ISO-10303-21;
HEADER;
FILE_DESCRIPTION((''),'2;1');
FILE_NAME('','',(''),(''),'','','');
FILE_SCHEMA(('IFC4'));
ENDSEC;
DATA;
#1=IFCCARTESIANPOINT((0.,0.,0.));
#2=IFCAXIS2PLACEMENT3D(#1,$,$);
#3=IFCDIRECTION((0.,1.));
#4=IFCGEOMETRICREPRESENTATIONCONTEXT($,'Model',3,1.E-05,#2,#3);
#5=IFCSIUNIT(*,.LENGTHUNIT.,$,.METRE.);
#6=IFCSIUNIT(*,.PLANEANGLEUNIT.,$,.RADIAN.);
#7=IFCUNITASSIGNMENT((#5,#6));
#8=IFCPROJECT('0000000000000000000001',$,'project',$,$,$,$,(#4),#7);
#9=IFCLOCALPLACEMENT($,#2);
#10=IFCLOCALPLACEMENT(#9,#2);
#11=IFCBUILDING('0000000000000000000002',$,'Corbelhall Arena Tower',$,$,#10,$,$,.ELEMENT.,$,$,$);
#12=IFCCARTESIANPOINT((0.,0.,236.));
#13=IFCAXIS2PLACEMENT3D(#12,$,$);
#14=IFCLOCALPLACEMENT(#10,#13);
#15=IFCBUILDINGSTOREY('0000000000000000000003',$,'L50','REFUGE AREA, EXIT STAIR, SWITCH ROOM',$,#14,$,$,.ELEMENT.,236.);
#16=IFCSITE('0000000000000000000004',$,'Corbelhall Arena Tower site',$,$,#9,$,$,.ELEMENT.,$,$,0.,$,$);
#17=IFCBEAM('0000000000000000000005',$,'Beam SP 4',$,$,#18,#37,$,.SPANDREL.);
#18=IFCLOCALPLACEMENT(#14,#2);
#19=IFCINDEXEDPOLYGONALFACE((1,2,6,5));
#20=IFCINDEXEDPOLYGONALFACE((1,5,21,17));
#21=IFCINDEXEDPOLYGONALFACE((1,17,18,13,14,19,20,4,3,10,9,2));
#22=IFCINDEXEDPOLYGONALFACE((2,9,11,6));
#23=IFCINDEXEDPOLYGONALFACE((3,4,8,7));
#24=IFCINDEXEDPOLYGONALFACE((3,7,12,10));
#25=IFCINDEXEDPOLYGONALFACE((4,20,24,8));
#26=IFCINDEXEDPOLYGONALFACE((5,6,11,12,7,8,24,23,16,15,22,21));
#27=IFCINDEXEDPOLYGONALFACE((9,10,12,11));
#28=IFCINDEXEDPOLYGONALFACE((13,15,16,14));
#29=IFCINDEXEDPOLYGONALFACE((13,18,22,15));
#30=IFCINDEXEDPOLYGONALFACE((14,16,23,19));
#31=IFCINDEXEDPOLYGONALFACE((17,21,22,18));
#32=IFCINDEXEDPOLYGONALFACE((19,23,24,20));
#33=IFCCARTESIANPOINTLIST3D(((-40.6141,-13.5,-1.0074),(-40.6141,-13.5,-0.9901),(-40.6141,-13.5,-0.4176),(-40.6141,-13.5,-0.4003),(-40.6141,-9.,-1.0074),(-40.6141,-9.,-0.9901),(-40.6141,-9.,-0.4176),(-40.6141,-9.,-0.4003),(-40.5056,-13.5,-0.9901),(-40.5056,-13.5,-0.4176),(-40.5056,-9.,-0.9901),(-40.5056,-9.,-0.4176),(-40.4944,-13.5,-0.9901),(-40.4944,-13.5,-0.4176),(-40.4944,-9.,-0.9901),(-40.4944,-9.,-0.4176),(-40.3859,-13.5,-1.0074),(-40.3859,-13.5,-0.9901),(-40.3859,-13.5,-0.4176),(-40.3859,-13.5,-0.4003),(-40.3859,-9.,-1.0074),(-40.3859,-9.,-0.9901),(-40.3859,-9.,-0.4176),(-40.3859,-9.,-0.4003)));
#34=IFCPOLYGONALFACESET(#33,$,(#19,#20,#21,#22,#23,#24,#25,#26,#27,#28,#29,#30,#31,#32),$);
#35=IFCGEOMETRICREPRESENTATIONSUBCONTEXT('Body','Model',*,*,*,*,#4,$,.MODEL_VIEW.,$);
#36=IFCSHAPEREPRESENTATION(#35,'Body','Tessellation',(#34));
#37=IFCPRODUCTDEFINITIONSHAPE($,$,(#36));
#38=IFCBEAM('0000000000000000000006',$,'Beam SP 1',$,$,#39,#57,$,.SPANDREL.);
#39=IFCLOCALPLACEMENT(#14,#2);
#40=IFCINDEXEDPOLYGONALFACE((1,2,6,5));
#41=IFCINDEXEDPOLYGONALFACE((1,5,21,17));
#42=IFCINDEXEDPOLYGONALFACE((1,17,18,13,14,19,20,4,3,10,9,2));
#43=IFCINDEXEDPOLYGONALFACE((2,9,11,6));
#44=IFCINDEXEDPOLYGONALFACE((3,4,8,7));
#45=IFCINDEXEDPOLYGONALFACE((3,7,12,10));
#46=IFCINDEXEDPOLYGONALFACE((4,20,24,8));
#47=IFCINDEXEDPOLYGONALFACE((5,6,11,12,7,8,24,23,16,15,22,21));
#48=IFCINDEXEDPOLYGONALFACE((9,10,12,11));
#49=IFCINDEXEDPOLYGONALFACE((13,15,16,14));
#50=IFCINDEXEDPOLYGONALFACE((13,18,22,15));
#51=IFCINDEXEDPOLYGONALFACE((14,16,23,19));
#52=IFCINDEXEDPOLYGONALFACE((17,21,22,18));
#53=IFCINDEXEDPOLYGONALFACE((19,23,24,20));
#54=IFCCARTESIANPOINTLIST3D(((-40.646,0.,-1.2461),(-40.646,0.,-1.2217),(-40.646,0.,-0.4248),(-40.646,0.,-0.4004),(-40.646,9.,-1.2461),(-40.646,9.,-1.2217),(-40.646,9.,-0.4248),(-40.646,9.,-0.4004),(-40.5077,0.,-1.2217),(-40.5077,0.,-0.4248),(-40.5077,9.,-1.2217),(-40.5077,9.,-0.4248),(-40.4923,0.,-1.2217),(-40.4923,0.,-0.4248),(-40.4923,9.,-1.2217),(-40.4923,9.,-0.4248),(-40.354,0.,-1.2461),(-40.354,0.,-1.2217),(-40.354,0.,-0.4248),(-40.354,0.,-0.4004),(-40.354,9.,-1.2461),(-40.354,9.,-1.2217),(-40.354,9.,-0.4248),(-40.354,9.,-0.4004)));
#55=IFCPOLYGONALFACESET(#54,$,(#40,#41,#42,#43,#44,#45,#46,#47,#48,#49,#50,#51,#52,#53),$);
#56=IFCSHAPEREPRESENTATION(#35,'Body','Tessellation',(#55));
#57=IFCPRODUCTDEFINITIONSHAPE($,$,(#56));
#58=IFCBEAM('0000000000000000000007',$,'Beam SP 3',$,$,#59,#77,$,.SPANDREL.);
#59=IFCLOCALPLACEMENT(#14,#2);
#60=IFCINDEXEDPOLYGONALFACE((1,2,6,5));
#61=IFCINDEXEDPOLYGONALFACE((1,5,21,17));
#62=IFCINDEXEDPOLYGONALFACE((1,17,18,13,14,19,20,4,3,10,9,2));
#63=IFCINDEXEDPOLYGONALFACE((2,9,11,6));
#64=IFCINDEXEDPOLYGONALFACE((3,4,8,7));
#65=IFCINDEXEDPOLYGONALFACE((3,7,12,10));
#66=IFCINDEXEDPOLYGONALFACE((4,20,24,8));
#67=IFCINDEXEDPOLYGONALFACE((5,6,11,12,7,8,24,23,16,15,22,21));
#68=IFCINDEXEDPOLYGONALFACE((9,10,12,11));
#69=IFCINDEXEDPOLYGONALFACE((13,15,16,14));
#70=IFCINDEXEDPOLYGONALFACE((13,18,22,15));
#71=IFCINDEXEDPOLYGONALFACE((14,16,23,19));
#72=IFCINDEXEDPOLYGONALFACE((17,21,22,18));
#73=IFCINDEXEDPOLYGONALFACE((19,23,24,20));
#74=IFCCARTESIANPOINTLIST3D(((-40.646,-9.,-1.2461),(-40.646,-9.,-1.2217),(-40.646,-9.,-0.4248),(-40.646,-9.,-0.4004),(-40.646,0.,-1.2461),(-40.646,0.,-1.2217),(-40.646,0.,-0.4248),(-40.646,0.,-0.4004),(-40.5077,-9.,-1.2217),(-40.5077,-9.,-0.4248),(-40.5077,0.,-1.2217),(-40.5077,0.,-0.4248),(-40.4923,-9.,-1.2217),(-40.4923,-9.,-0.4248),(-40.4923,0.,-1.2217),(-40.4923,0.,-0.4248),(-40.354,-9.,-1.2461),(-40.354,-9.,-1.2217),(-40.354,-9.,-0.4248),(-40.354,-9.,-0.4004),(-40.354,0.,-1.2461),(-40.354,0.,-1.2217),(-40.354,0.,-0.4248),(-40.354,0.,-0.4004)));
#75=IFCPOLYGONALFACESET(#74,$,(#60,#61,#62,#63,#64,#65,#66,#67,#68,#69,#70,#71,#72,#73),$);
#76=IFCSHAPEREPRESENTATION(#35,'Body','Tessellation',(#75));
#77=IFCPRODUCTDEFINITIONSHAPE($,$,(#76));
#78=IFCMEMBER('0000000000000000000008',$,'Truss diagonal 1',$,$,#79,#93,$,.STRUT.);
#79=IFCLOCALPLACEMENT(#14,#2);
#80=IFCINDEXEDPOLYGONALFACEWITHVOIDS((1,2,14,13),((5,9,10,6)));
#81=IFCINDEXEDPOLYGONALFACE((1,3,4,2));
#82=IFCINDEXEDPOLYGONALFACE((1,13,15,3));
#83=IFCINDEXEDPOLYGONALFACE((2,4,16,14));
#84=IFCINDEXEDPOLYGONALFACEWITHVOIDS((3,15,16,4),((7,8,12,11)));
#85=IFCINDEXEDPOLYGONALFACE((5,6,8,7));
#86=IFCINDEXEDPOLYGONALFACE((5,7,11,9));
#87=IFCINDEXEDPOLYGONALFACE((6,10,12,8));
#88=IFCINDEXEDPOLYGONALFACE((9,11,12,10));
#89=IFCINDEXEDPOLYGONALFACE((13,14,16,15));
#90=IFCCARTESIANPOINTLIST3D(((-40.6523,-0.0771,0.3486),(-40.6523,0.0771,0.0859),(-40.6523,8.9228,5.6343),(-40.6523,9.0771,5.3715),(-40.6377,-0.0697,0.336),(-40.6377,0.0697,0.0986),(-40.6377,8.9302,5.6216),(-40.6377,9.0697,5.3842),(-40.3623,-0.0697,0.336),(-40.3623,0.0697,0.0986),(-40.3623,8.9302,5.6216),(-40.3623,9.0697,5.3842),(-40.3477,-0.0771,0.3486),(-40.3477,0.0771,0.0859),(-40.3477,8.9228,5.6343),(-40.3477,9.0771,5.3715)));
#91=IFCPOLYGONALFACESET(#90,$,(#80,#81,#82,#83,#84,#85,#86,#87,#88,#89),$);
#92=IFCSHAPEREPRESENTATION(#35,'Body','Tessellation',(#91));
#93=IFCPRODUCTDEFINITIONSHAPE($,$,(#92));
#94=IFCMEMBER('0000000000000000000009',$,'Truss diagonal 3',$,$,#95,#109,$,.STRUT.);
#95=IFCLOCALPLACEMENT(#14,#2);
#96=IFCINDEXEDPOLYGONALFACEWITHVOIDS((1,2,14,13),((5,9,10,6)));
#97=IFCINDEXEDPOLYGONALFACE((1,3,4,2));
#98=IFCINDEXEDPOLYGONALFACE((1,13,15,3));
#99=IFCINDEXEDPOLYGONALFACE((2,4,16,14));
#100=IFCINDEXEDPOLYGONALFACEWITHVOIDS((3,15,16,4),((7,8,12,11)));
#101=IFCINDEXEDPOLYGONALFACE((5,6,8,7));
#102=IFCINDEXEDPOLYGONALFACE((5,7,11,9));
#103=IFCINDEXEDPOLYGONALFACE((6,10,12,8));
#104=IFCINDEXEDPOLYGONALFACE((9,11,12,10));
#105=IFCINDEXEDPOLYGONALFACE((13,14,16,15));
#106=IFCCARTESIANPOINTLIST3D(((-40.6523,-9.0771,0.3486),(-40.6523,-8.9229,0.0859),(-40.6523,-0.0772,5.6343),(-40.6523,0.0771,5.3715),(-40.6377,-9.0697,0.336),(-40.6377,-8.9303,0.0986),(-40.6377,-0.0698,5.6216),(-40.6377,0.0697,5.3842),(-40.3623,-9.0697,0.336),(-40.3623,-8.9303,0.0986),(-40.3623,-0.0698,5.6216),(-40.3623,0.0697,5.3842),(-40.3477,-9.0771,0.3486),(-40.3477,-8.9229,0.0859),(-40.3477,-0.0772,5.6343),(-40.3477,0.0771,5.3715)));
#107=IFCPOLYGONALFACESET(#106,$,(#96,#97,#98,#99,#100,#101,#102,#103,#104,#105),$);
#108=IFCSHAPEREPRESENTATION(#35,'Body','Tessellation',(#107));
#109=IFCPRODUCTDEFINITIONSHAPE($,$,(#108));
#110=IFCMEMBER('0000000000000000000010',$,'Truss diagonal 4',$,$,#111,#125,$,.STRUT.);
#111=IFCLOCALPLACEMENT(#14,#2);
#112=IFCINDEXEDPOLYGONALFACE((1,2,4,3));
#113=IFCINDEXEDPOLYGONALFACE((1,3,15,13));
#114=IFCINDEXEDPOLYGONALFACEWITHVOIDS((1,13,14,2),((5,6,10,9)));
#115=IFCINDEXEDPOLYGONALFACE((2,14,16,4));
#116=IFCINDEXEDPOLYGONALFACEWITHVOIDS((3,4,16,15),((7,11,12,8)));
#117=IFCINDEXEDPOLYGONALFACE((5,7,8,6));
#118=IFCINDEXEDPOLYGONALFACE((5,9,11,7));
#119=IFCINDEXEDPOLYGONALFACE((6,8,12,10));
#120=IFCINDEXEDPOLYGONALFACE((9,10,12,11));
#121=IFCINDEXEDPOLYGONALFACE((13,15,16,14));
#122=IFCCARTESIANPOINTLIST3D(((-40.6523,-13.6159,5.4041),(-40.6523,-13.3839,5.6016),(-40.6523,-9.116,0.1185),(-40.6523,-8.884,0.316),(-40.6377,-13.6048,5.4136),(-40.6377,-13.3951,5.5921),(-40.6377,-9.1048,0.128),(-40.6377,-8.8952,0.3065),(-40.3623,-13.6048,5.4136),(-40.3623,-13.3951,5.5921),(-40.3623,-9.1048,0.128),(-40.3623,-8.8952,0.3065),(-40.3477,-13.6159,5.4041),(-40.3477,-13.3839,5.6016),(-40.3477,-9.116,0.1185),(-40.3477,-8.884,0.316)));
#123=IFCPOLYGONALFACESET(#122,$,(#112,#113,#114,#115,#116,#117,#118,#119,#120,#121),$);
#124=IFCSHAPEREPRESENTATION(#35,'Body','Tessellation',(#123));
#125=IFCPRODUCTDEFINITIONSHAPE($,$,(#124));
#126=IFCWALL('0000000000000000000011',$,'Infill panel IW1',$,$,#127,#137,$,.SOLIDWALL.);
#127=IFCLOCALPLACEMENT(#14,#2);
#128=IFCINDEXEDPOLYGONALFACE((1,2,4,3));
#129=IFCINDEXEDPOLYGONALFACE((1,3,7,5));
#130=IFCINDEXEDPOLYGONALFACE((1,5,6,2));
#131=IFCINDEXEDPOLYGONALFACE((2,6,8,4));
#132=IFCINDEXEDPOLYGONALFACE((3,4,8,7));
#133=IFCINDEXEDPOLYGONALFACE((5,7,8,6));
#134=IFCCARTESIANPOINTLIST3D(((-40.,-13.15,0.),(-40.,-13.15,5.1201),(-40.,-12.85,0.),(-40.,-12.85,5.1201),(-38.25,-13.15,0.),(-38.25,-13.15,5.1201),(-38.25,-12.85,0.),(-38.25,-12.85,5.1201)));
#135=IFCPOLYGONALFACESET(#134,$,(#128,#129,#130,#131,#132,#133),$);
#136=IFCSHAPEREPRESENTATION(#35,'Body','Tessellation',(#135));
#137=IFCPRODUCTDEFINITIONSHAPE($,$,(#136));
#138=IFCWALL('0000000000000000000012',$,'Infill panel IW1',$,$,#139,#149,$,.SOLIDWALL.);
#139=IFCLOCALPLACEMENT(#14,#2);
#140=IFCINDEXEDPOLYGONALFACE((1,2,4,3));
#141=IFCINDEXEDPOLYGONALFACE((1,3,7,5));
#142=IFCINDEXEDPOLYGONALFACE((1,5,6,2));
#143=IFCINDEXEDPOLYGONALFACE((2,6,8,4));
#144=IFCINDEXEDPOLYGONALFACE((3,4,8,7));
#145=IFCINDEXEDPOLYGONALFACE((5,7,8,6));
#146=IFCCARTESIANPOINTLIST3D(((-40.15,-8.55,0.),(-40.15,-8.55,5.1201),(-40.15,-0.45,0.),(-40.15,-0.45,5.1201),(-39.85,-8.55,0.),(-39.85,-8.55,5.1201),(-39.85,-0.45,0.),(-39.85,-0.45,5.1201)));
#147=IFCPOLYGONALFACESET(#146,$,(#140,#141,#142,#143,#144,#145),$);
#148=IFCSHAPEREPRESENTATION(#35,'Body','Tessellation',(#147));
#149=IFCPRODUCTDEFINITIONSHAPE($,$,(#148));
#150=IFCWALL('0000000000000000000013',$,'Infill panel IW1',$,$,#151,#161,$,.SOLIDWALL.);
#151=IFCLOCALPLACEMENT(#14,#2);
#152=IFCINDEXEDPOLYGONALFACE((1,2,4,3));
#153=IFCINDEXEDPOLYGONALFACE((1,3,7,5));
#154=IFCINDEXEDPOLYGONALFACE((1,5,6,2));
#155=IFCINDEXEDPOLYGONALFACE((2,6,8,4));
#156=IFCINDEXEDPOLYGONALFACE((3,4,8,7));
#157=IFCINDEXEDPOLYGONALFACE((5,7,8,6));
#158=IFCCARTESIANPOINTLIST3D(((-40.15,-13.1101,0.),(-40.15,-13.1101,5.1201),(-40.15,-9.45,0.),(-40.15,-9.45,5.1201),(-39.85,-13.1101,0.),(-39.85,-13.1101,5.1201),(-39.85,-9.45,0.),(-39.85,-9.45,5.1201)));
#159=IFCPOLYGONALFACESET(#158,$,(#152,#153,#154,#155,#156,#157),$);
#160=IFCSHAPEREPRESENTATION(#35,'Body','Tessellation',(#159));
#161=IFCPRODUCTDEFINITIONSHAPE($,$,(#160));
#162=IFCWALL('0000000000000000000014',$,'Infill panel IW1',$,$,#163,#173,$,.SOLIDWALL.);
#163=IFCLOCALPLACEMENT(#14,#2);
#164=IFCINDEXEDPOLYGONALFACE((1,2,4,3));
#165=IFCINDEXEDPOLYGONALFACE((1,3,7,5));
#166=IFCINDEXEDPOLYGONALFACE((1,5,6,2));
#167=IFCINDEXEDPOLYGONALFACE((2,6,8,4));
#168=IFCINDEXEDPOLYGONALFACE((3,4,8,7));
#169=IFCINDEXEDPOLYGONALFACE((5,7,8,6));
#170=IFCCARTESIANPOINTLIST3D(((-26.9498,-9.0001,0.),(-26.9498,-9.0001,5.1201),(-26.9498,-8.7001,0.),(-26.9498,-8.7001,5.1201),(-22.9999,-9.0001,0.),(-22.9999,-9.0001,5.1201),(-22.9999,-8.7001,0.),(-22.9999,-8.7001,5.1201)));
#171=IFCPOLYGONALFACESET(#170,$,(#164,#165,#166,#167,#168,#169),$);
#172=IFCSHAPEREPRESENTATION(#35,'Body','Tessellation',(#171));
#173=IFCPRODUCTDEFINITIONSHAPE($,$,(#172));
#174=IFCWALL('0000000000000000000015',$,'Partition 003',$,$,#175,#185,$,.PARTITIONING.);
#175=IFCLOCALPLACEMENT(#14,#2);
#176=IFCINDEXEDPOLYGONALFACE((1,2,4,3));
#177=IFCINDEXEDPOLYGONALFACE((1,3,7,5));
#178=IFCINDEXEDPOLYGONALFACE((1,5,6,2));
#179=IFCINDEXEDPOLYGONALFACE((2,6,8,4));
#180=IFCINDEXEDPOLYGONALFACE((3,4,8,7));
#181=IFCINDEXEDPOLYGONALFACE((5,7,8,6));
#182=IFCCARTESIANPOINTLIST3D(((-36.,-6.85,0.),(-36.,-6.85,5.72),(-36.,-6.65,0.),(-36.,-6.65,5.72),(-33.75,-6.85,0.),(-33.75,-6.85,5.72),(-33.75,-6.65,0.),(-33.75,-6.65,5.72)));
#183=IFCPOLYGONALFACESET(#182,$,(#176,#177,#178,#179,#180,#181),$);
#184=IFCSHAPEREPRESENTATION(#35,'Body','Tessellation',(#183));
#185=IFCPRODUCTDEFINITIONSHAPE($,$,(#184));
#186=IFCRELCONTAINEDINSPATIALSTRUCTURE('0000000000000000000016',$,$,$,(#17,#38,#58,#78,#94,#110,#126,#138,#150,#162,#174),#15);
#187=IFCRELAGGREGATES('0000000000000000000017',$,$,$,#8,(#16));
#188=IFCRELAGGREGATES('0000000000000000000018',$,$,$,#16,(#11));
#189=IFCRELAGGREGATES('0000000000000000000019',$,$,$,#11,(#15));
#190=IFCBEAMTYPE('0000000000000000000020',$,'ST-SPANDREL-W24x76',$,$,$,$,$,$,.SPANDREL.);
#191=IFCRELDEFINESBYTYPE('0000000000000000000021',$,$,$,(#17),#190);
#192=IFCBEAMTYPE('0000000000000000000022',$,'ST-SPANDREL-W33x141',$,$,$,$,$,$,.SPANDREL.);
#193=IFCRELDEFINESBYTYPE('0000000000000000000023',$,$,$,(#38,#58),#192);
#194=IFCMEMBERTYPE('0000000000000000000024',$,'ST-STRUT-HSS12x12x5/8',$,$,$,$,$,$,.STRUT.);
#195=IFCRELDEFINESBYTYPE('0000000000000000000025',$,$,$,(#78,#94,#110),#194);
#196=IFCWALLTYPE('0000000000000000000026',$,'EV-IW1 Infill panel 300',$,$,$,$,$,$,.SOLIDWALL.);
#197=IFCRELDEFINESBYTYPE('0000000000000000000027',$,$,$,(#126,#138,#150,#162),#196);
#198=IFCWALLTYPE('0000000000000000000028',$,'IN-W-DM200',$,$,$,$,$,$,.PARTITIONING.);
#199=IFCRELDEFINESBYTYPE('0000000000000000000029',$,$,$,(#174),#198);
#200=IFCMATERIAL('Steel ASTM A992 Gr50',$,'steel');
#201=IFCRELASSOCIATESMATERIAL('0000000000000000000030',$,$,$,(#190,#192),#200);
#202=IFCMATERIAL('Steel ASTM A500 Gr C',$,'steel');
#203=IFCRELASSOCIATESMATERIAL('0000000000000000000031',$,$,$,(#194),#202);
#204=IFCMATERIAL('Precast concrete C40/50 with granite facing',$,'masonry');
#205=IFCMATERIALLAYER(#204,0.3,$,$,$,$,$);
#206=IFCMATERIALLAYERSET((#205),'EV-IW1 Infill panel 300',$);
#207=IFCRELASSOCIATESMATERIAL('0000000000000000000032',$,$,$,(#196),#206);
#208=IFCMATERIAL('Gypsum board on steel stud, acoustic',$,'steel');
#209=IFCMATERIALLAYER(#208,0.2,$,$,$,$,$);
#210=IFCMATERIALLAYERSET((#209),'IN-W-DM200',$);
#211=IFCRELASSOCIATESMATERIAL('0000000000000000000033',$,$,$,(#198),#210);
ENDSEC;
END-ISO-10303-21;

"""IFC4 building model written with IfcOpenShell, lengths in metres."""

from ifc_helpers import new_model, si_unit, direction, frame, frame_2d, origin, origin_2d, place, context, subcontext, project, spatial, rectangle, hollow_rectangle, i_section, extrude, material, layer, layer_set, material_profile, profile_set, type_object, element, save


model = new_model("IFC4")

# Units and contexts
model_context = context("Model", 3, precision=1e-05, world=origin(), true_north=direction((0.0, 1.0)))
body_context = subcontext(model_context, "Body", "Model", "MODEL_VIEW")
ifc_project = project(units=[si_unit("LENGTHUNIT", "METRE"), si_unit("PLANEANGLEUNIT", "RADIAN")], contexts=[model_context])

# Site, building, storey
site_placement = place(None, origin())
site = spatial("IfcSite", under=ifc_project, at=site_placement, Name="Corbelhall Arena Tower site", CompositionType="ELEMENT", RefElevation=0.0)
building_placement = place(site_placement, origin())
building = spatial("IfcBuilding", under=site, at=building_placement, Name="Corbelhall Arena Tower", CompositionType="ELEMENT")
storey_placement = place(building_placement, frame((0.0, 0.0, 236.0)))
storey = spatial("IfcBuildingStorey", under=building, at=storey_placement, Name="L50", Description="REFUGE AREA, EXIT STAIR, SWITCH ROOM", CompositionType="ELEMENT", Elevation=236.0)

# Beams
ifc_material_1 = material(Name="Steel ASTM A992 Gr50", Category="steel")
ifc_material_profile_1 = material_profile(ifc_material_1, i_section(OverallWidth=0.2283, OverallDepth=0.6072, WebThickness=0.0112, FlangeThickness=0.0173, at=origin_2d()))
ifc_profile_set_1 = profile_set([ifc_material_profile_1], Name="Steel ASTM A992 Gr50")
beam_type_1 = type_object("IfcBeamType", Name="ST-SPANDREL-W24x76", PredefinedType="SPANDREL", material=ifc_profile_set_1)
beam_placement = place(storey_placement, frame((-40.5, -13.5, -0.7039), z_axis=(0.0, 1.0, 0.0), x_axis=(-1.0, 0.0, 0.0)))
element("IfcBeam", 1, at=beam_placement, inside=storey, type_object=beam_type_1, Name="Beam SP 4", PredefinedType="SPANDREL", context=body_context, shape_type="SweptSolid", body=[
    extrude(i_section(OverallWidth=0.2283, OverallDepth=0.6072, WebThickness=0.0112, FlangeThickness=0.0173, at=origin_2d()), origin(), (0.0, 0.0, 1.0), 4.5),
])
ifc_material_profile_2 = material_profile(ifc_material_1, i_section(OverallWidth=0.292, OverallDepth=0.8457, WebThickness=0.0154, FlangeThickness=0.0244, at=origin_2d()))
ifc_profile_set_2 = profile_set([ifc_material_profile_2], Name="Steel ASTM A992 Gr50")
beam_type_2 = type_object("IfcBeamType", Name="ST-SPANDREL-W33x141", PredefinedType="SPANDREL", material=ifc_profile_set_2)
for number, where, z_axis, x_axis, name in (
    (2, (-40.5, 0.0, -0.8232), (0.0, 1.0, 0.0), (-1.0, 0.0, 0.0), "Beam SP 1"),
    (3, (-40.5, -9.0, -0.8232), (0.0, 1.0, 0.0), (-1.0, 0.0, 0.0), "Beam SP 3"),
):
    element("IfcBeam", number, at=place(storey_placement, frame(where, z_axis=z_axis, x_axis=x_axis)), inside=storey, type_object=beam_type_2, Name=name, PredefinedType="SPANDREL", context=body_context, shape_type="SweptSolid", body=[
        extrude(i_section(OverallWidth=0.292, OverallDepth=0.8457, WebThickness=0.0154, FlangeThickness=0.0244, at=origin_2d()), origin(), (0.0, 0.0, 1.0), 9.0),
    ])

# Members
ifc_material_2 = material(Name="Steel ASTM A500 Gr C", Category="steel")
ifc_material_profile_3 = material_profile(ifc_material_2, hollow_rectangle(XDim=0.3047, YDim=0.3047, WallThickness=0.0146, at=origin_2d()))
ifc_profile_set_3 = profile_set([ifc_material_profile_3], Name="Steel ASTM A500 Gr C")
member_type_1 = type_object("IfcMemberType", Name="ST-STRUT-HSS12x12x5/8", PredefinedType="STRUT", material=ifc_profile_set_3)
for number, where, z_axis, x_axis, name in (
    (4, (-40.5, 0.0, 0.2173), (0.0, 0.862289, 0.506417), (-1.0, 0.0, 0.0), "Truss diagonal 1"),
    (5, (-40.5, -9.0, 0.2173), (0.0, 0.862289, 0.506417), (-1.0, 0.0, 0.0), "Truss diagonal 3"),
):
    element("IfcMember", number, at=place(storey_placement, frame(where, z_axis=z_axis, x_axis=x_axis)), inside=storey, type_object=member_type_1, Name=name, PredefinedType="STRUT", context=body_context, shape_type="SweptSolid", body=[
        extrude(hollow_rectangle(XDim=0.3047, YDim=0.3047, WallThickness=0.0146, at=origin_2d()), origin(), (0.0, 0.0, 1.0), 10.4373),
    ])
member_placement = place(storey_placement, frame((-40.5, -9.0, 0.2173), z_axis=(0.0, -0.648251, 0.761427), x_axis=(1.0, 0.0, 0.0)))
element("IfcMember", 6, at=member_placement, inside=storey, type_object=member_type_1, Name="Truss diagonal 4", PredefinedType="STRUT", context=body_context, shape_type="SweptSolid", body=[
    extrude(hollow_rectangle(XDim=0.3047, YDim=0.3047, WallThickness=0.0146, at=origin_2d()), origin(), (0.0, 0.0, 1.0), 6.9417),
])

# Walls
ifc_material_3 = material(Name="Precast concrete C40/50 with granite facing", Category="masonry")
ifc_layer_1 = layer(ifc_material_3, 0.3)
ifc_layer_set_1 = layer_set([ifc_layer_1], Name="EV-IW1 Infill panel 300")
wall_type_1 = type_object("IfcWallType", Name="EV-IW1 Infill panel 300", PredefinedType="SOLIDWALL", material=ifc_layer_set_1)
wall_1_placement = place(storey_placement, frame((-40.0, -13.0, 0.0), z_axis=(0.0, 0.0, 1.0), x_axis=(1.0, 0.0, 0.0)))
element("IfcWall", 7, at=wall_1_placement, inside=storey, type_object=wall_type_1, Name="Infill panel IW1", PredefinedType="SOLIDWALL", context=body_context, shape_type="SweptSolid", body=[
    extrude(rectangle(XDim=1.75, YDim=0.3, at=frame_2d((0.875, 0.0))), origin(), (0.0, 0.0, 1.0), 5.1201),
])
wall_2_placement = place(storey_placement, frame((-40.0, -0.45, 0.0), z_axis=(0.0, 0.0, 1.0), x_axis=(0.0, -1.0, 0.0)))
element("IfcWall", 8, at=wall_2_placement, inside=storey, type_object=wall_type_1, Name="Infill panel IW1", PredefinedType="SOLIDWALL", context=body_context, shape_type="SweptSolid", body=[
    extrude(rectangle(XDim=8.1001, YDim=0.3, at=frame_2d((4.05, 0.0))), origin(), (0.0, 0.0, 1.0), 5.1201),
])
wall_3_placement = place(storey_placement, frame((-40.0, -9.45, 0.0), z_axis=(0.0, 0.0, 1.0), x_axis=(0.0, -1.0, 0.0)))
element("IfcWall", 9, at=wall_3_placement, inside=storey, type_object=wall_type_1, Name="Infill panel IW1", PredefinedType="SOLIDWALL", context=body_context, shape_type="SweptSolid", body=[
    extrude(rectangle(XDim=3.6602, YDim=0.3, at=frame_2d((1.8301, 0.0))), origin(), (0.0, 0.0, 1.0), 5.1201),
])
wall_4_placement = place(storey_placement, frame((-26.95, -8.8501, 0.0), z_axis=(0.0, 0.0, 1.0), x_axis=(1.0, 0.0, 0.0)))
element("IfcWall", 10, at=wall_4_placement, inside=storey, type_object=wall_type_1, Name="Infill panel IW1", PredefinedType="SOLIDWALL", context=body_context, shape_type="SweptSolid", body=[
    extrude(rectangle(XDim=3.95, YDim=0.3, at=frame_2d((1.9751, 0.0))), origin(), (0.0, 0.0, 1.0), 5.1201),
])
ifc_material_4 = material(Name="Gypsum board on steel stud, acoustic", Category="steel")
ifc_layer_2 = layer(ifc_material_4, 0.2)
ifc_layer_set_2 = layer_set([ifc_layer_2], Name="IN-W-DM200")
wall_type_2 = type_object("IfcWallType", Name="IN-W-DM200", PredefinedType="PARTITIONING", material=ifc_layer_set_2)
wall_5_placement = place(storey_placement, frame((-33.75, -6.75, 0.0), z_axis=(0.0, 0.0, 1.0), x_axis=(-1.0, 0.0, 0.0)))
element("IfcWall", 11, at=wall_5_placement, inside=storey, type_object=wall_type_2, Name="Partition 003", PredefinedType="PARTITIONING", context=body_context, shape_type="SweptSolid", body=[
    extrude(rectangle(XDim=2.25, YDim=0.2, at=frame_2d((1.125, 0.0))), origin(), (0.0, 0.0, 1.0), 5.72),
])

save(model, "model.ifc")
